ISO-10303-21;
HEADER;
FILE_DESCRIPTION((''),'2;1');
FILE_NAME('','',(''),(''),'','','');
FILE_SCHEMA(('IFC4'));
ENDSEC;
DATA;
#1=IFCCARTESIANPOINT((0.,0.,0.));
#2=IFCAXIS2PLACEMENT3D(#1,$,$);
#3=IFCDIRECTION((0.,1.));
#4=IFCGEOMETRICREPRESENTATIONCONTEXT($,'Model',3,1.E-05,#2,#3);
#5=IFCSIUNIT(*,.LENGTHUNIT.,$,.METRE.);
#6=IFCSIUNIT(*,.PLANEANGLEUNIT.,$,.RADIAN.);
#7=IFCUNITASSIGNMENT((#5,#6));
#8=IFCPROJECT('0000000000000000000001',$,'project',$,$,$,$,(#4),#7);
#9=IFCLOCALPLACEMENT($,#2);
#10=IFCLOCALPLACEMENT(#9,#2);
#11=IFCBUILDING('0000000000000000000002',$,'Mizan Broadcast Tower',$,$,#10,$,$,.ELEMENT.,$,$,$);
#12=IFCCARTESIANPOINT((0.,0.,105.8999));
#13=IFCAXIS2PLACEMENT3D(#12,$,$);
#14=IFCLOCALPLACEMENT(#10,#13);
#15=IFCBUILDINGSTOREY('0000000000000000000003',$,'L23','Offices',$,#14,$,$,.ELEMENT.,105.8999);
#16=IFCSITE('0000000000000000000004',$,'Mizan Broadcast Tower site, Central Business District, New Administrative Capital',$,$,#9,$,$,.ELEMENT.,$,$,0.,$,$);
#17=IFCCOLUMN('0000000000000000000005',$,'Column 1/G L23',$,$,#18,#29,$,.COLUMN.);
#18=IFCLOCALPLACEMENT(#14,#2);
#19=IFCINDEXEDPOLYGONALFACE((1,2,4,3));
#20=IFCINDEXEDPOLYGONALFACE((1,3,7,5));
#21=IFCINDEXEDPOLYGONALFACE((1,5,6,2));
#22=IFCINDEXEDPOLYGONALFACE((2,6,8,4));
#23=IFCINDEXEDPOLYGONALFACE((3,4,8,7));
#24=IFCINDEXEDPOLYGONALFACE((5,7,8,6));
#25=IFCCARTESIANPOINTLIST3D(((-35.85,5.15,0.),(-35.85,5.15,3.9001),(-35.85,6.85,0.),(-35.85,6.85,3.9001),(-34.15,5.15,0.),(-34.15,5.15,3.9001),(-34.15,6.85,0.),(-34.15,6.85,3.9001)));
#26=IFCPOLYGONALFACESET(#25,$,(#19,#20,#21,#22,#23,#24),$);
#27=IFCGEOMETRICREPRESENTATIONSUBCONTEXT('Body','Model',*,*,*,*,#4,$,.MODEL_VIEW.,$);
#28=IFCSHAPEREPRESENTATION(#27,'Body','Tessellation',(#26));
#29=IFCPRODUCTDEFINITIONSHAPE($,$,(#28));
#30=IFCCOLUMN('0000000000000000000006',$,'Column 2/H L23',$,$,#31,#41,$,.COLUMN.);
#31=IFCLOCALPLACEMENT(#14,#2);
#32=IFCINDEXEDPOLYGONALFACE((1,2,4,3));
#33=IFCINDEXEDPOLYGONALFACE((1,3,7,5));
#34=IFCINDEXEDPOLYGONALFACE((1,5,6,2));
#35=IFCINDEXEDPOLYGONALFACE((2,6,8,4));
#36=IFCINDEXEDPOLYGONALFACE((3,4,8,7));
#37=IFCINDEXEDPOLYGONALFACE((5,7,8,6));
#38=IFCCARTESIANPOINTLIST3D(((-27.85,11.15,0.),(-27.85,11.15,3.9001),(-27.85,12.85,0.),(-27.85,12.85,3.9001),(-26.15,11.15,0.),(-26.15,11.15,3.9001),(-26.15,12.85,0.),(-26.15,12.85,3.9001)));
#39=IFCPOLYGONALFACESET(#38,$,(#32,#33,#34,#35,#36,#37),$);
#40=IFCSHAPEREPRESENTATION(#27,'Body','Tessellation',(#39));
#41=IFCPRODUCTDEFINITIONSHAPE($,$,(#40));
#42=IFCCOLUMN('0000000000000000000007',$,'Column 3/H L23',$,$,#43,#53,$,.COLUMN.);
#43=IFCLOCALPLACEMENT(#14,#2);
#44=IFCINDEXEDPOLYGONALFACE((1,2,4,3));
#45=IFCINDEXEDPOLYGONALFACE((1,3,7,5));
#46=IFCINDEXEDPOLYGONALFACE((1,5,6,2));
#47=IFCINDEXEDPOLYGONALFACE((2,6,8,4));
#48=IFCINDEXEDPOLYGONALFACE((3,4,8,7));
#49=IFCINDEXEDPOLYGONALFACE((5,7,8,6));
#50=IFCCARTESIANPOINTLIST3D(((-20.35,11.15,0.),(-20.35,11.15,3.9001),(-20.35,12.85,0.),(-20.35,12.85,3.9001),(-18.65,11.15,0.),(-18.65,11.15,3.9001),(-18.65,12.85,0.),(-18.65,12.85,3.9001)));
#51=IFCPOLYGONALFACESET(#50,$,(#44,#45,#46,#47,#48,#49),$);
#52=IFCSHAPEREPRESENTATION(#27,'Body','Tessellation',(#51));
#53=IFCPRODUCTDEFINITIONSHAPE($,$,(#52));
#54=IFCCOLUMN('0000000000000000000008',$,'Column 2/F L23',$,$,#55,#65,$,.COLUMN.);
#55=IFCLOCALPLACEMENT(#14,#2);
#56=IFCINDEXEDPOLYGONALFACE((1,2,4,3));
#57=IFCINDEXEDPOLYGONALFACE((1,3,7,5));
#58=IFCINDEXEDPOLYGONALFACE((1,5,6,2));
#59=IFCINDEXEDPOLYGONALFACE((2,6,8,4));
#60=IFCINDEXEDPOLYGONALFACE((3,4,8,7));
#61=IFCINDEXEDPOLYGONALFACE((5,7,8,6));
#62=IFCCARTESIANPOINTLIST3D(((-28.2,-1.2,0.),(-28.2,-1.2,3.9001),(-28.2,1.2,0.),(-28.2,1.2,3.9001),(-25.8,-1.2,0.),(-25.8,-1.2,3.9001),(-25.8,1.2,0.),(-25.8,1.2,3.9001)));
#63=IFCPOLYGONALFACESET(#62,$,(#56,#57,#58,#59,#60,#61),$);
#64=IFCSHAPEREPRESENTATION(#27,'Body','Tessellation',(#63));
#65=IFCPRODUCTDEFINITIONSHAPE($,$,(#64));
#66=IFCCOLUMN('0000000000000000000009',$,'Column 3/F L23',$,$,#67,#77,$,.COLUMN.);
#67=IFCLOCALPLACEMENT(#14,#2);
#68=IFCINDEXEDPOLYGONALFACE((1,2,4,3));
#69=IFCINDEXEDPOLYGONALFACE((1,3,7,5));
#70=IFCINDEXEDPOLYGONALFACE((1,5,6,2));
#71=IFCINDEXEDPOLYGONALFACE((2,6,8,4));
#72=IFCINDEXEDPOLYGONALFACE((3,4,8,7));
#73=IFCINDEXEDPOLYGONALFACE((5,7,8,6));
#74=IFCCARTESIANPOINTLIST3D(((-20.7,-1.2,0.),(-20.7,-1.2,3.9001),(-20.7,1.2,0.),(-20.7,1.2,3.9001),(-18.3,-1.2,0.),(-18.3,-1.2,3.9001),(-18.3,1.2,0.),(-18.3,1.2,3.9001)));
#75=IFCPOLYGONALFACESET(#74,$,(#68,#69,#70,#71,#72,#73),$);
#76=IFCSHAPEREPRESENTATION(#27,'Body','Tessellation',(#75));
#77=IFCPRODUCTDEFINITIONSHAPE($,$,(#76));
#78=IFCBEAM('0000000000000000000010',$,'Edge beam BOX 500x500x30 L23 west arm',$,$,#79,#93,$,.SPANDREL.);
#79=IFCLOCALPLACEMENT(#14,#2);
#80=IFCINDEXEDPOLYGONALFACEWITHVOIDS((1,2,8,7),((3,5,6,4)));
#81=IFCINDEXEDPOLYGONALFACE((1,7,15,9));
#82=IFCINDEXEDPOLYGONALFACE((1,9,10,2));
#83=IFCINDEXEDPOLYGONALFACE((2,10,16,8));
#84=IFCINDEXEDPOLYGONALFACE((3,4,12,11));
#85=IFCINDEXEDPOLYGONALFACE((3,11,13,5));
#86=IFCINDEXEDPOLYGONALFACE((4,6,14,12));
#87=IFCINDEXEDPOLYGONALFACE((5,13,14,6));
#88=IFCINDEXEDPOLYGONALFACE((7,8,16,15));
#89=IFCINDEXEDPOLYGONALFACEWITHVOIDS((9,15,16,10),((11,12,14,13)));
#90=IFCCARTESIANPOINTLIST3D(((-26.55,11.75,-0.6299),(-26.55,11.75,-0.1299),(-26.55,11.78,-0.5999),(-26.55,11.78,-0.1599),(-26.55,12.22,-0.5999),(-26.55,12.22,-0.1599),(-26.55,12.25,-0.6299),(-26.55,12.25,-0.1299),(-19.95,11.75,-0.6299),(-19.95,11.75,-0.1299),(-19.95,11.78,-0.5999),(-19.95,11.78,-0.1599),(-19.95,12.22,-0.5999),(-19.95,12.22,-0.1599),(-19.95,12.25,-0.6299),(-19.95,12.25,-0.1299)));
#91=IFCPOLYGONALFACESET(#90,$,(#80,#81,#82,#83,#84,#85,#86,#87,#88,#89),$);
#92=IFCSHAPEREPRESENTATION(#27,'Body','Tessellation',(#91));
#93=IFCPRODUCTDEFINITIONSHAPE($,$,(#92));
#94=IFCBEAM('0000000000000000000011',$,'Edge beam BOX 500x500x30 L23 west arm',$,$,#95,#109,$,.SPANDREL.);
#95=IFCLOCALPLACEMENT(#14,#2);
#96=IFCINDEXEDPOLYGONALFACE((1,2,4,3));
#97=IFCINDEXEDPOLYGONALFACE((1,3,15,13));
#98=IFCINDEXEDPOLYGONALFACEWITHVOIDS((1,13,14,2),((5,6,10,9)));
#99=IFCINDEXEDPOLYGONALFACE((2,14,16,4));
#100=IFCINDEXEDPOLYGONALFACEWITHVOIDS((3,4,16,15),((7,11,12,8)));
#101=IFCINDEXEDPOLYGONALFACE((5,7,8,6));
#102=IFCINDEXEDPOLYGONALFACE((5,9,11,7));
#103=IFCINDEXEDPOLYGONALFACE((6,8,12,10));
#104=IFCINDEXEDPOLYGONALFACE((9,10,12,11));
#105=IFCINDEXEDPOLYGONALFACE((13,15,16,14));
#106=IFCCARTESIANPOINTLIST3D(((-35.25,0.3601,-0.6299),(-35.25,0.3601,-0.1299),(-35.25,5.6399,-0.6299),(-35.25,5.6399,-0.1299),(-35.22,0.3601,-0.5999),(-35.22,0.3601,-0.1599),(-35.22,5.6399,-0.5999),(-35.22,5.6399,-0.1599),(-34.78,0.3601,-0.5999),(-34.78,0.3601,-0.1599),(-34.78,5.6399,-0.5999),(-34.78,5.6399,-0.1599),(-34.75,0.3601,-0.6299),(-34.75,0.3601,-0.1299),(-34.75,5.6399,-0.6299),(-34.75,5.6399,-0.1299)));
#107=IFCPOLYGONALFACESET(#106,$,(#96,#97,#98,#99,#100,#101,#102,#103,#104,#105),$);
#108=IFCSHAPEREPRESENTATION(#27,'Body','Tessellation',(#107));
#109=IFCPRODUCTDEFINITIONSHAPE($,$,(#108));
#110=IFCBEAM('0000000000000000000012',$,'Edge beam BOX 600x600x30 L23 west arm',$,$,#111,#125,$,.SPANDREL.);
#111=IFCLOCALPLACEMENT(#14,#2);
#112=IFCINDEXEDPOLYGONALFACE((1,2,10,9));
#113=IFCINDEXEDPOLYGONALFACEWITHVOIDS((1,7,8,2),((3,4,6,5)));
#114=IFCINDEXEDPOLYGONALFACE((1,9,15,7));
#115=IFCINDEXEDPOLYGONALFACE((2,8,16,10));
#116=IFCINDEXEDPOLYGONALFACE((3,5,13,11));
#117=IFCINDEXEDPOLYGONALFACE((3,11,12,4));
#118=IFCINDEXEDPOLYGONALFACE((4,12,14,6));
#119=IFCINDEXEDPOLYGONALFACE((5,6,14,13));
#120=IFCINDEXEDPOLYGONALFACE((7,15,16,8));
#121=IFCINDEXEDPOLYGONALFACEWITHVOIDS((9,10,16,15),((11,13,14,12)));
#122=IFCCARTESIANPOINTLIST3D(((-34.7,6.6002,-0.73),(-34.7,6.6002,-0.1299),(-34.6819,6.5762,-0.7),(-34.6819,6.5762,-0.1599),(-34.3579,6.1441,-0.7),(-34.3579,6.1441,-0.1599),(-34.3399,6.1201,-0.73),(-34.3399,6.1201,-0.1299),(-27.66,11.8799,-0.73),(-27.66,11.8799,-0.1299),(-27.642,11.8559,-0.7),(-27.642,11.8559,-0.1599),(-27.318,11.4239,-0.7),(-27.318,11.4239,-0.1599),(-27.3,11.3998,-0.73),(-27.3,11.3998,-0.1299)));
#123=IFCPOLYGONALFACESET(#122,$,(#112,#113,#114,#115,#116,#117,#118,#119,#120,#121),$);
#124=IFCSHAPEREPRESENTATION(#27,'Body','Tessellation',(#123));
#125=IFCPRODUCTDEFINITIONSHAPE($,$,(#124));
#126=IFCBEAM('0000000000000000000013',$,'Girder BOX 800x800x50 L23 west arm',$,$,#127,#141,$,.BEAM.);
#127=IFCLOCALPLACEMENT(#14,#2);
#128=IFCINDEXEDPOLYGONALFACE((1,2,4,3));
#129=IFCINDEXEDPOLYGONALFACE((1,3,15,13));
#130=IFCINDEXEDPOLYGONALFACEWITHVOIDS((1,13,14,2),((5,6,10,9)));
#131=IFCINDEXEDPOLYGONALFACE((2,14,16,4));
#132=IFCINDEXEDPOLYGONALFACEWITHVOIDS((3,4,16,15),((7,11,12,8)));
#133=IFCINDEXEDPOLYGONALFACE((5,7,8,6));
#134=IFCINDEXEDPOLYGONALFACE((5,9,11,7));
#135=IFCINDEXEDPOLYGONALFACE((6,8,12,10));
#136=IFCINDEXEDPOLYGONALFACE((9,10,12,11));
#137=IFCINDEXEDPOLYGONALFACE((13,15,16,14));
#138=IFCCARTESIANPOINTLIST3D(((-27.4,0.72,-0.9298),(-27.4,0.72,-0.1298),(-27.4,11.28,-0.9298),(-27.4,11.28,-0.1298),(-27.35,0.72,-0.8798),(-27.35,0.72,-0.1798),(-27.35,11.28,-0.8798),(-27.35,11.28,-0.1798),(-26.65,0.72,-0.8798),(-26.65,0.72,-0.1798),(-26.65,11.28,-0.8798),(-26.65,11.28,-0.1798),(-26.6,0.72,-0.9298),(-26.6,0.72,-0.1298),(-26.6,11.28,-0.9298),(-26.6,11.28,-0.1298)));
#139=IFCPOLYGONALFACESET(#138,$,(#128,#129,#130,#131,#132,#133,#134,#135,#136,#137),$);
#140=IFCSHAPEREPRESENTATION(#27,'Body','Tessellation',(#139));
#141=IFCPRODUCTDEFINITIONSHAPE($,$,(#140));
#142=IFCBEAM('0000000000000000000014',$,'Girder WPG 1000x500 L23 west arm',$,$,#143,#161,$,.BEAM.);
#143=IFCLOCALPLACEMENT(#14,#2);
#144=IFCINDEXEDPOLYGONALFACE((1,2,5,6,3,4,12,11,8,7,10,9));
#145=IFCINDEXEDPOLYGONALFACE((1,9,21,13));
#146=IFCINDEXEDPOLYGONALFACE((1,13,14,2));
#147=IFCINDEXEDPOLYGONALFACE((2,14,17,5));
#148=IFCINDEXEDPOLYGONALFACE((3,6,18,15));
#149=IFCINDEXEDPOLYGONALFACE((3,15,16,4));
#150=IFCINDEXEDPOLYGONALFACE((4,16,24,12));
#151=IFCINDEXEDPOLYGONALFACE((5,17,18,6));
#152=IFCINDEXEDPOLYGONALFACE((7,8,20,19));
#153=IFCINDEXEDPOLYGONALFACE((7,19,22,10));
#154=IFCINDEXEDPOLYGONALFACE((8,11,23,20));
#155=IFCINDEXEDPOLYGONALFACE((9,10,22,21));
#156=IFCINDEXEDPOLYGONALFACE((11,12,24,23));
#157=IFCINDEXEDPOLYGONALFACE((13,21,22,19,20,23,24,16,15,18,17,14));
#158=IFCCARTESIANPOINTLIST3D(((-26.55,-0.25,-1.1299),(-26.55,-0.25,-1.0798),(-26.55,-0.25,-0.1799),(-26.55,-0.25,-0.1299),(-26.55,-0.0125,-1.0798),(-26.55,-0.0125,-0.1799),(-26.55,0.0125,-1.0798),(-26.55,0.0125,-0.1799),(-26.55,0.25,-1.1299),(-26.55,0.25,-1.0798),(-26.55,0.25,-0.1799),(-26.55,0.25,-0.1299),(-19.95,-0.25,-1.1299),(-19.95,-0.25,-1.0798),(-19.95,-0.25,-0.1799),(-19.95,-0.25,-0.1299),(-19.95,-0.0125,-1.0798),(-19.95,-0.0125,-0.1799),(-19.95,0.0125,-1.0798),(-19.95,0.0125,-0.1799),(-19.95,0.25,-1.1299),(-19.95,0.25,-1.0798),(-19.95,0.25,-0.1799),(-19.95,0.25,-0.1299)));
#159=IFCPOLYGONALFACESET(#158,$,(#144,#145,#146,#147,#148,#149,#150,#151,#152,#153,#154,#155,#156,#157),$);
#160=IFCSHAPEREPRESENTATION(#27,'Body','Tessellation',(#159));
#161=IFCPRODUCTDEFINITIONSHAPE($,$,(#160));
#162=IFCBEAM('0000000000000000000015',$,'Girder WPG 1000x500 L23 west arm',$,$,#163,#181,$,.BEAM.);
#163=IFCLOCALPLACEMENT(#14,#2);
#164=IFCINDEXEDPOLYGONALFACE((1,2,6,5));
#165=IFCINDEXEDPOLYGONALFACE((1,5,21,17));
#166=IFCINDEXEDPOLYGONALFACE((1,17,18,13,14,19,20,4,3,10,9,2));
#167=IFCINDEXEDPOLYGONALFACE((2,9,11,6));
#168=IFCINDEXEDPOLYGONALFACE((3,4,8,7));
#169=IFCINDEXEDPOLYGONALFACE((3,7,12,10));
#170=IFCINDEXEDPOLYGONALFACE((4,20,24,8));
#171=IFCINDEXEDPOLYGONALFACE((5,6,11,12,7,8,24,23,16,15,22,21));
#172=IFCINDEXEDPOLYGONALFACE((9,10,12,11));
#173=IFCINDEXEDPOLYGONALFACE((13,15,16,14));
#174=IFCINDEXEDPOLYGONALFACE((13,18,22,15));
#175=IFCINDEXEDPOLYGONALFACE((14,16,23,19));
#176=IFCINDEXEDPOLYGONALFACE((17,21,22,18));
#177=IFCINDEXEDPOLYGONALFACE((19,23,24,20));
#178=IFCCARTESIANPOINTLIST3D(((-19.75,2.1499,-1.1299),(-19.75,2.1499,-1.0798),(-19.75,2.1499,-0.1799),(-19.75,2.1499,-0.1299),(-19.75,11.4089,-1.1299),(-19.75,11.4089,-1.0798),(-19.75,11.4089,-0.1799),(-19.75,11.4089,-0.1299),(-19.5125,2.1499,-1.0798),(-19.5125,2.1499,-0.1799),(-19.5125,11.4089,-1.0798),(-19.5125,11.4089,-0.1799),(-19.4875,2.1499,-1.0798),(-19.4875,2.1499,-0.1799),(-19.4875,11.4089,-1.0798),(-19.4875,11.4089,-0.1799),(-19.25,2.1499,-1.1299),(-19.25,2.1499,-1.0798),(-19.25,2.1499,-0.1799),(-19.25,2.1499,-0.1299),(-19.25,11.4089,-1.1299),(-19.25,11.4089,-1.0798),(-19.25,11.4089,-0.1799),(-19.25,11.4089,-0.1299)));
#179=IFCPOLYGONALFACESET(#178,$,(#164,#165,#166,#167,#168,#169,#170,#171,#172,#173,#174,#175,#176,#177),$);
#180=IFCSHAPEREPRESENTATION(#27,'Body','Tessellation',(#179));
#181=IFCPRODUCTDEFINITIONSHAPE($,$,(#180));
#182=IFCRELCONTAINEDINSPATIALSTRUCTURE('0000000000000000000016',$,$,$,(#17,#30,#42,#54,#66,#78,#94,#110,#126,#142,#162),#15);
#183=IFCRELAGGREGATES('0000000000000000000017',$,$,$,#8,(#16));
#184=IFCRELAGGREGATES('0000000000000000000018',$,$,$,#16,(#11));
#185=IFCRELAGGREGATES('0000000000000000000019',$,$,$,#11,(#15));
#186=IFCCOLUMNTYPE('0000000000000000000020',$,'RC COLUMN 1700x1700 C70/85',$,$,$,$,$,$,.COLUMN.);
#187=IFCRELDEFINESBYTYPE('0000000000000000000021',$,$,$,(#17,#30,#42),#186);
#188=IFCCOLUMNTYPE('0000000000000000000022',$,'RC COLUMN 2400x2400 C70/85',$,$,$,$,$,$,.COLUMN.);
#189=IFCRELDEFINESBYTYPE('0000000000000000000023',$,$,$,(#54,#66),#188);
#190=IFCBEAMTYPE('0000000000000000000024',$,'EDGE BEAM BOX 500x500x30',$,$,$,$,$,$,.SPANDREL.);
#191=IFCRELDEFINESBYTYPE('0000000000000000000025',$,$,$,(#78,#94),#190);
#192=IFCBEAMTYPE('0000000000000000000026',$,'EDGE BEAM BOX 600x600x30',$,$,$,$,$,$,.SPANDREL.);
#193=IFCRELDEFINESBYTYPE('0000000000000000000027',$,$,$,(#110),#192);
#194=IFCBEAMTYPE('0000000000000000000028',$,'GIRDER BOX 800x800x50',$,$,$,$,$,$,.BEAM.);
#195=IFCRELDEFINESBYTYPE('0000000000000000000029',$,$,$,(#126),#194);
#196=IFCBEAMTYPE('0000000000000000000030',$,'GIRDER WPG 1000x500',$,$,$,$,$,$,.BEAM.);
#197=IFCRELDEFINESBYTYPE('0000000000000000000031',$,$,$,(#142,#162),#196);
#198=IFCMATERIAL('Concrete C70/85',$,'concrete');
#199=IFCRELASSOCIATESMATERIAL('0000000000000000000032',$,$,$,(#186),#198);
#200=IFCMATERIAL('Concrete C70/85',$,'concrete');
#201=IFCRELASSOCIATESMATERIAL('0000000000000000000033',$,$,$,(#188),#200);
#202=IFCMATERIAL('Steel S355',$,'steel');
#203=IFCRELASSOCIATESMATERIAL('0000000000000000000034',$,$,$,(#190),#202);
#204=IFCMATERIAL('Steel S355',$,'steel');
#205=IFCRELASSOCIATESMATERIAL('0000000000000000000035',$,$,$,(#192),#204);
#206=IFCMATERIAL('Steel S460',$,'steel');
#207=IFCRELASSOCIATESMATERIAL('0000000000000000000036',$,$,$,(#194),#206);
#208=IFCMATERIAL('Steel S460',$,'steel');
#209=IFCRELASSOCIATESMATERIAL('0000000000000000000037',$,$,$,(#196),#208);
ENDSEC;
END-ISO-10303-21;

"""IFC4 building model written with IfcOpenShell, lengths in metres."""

from ifc_helpers import new_model, si_unit, direction, frame, origin, origin_2d, place, context, subcontext, project, spatial, rectangle, hollow_rectangle, i_section, extrude, material, material_profile, profile_set, type_object, element, save


model = new_model("IFC4")

# Units and contexts
model_context = context("Model", 3, precision=1e-05, world=origin(), true_north=direction((0.0, 1.0)))
body_context = subcontext(model_context, "Body", "Model", "MODEL_VIEW")
ifc_project = project(units=[si_unit("LENGTHUNIT", "METRE"), si_unit("PLANEANGLEUNIT", "RADIAN")], contexts=[model_context])

# Site, building, storey
site_placement = place(None, origin())
site = spatial("IfcSite", under=ifc_project, at=site_placement, Name="Mizan Broadcast Tower site, Central Business District, New Administrative Capital", CompositionType="ELEMENT", RefElevation=0.0)
building_placement = place(site_placement, origin())
building = spatial("IfcBuilding", under=site, at=building_placement, Name="Mizan Broadcast Tower", CompositionType="ELEMENT")
storey_placement = place(building_placement, frame((0.0, 0.0, 105.8999)))
storey = spatial("IfcBuildingStorey", under=building, at=storey_placement, Name="L23", Description="Offices", CompositionType="ELEMENT", Elevation=105.8999)

# Columns
ifc_material_1 = material(Name="Concrete C70/85", Category="concrete")
ifc_material_profile_1 = material_profile(ifc_material_1, rectangle(XDim=1.7, YDim=1.7, at=origin_2d()), Name="RC 1700x1700")
ifc_profile_set_1 = profile_set([ifc_material_profile_1], Name="Concrete C70/85")
column_type_1 = type_object("IfcColumnType", Name="RC COLUMN 1700x1700 C70/85", PredefinedType="COLUMN", material=ifc_profile_set_1)
for number, where, z_axis, x_axis, name in (
    (1, (-35.0, 6.0, 0.0), (0.0, 0.0, 1.0), (1.0, 0.0, 0.0), "Column 1/G L23"),
    (2, (-27.0, 12.0, 0.0), (0.0, 0.0, 1.0), (1.0, 0.0, 0.0), "Column 2/H L23"),
    (3, (-19.5, 12.0, 0.0), (0.0, 0.0, 1.0), (1.0, 0.0, 0.0), "Column 3/H L23"),
):
    element("IfcColumn", number, at=place(storey_placement, frame(where, z_axis=z_axis, x_axis=x_axis)), inside=storey, type_object=column_type_1, Name=name, PredefinedType="COLUMN", context=body_context, shape_type="SweptSolid", body=[
        extrude(rectangle(XDim=1.7, YDim=1.7, at=origin_2d()), origin(), (0.0, 0.0, 1.0), 3.9001),
    ])
ifc_material_2 = material(Name="Concrete C70/85", Category="concrete")
ifc_material_profile_2 = material_profile(ifc_material_2, rectangle(XDim=2.3999, YDim=2.3999, at=origin_2d()), Name="RC 2400x2400")
ifc_profile_set_2 = profile_set([ifc_material_profile_2], Name="Concrete C70/85")
column_type_2 = type_object("IfcColumnType", Name="RC COLUMN 2400x2400 C70/85", PredefinedType="COLUMN", material=ifc_profile_set_2)
for number, where, z_axis, x_axis, name in (
    (4, (-27.0, 0.0, 0.0), (0.0, 0.0, 1.0), (1.0, 0.0, 0.0), "Column 2/F L23"),
    (5, (-19.5, 0.0, 0.0), (0.0, 0.0, 1.0), (1.0, 0.0, 0.0), "Column 3/F L23"),
):
    element("IfcColumn", number, at=place(storey_placement, frame(where, z_axis=z_axis, x_axis=x_axis)), inside=storey, type_object=column_type_2, Name=name, PredefinedType="COLUMN", context=body_context, shape_type="SweptSolid", body=[
        extrude(rectangle(XDim=2.3999, YDim=2.3999, at=origin_2d()), origin(), (0.0, 0.0, 1.0), 3.9001),
    ])

# Beams
ifc_material_3 = material(Name="Steel S355", Category="steel")
ifc_material_profile_3 = material_profile(ifc_material_3, hollow_rectangle(XDim=0.5, YDim=0.5, WallThickness=0.03, at=origin_2d()), Name="BOX 500x500x30")
ifc_profile_set_3 = profile_set([ifc_material_profile_3], Name="Steel S355")
beam_type_1 = type_object("IfcBeamType", Name="EDGE BEAM BOX 500x500x30", PredefinedType="SPANDREL", material=ifc_profile_set_3)
beam_1_placement = place(storey_placement, frame((-19.95, 12.0, -0.3799), z_axis=(-1.0, 0.0, 0.0), x_axis=(0.0, -1.0, 0.0)))
element("IfcBeam", 6, at=beam_1_placement, inside=storey, type_object=beam_type_1, Name="Edge beam BOX 500x500x30 L23 west arm", PredefinedType="SPANDREL", context=body_context, shape_type="SweptSolid", body=[
    extrude(hollow_rectangle(XDim=0.5, YDim=0.5, WallThickness=0.03, at=origin_2d()), origin(), (0.0, 0.0, 1.0), 6.6001),
])
beam_2_placement = place(storey_placement, frame((-35.0, 5.6399, -0.3799), z_axis=(0.0, -1.0, 0.0), x_axis=(1.0, 0.0, 0.0)))
element("IfcBeam", 7, at=beam_2_placement, inside=storey, type_object=beam_type_1, Name="Edge beam BOX 500x500x30 L23 west arm", PredefinedType="SPANDREL", context=body_context, shape_type="SweptSolid", body=[
    extrude(hollow_rectangle(XDim=0.5, YDim=0.5, WallThickness=0.03, at=origin_2d()), origin(), (0.0, 0.0, 1.0), 5.2798),
])
ifc_material_4 = material(Name="Steel S355", Category="steel")
ifc_material_profile_4 = material_profile(ifc_material_4, hollow_rectangle(XDim=0.6001, YDim=0.6001, WallThickness=0.03, at=origin_2d()), Name="BOX 600x600x30")
ifc_profile_set_4 = profile_set([ifc_material_profile_4], Name="Steel S355")
beam_type_2 = type_object("IfcBeamType", Name="EDGE BEAM BOX 600x600x30", PredefinedType="SPANDREL", material=ifc_profile_set_4)
beam_3_placement = place(storey_placement, frame((-27.48, 11.6399, -0.4299), z_axis=(-0.800013, -0.599982, 0.0), x_axis=(0.599982, -0.800013, 0.0)))
element("IfcBeam", 8, at=beam_3_placement, inside=storey, type_object=beam_type_2, Name="Edge beam BOX 600x600x30 L23 west arm", PredefinedType="SPANDREL", context=body_context, shape_type="SweptSolid", body=[
    extrude(hollow_rectangle(XDim=0.6001, YDim=0.6001, WallThickness=0.03, at=origin_2d()), origin(), (0.0, 0.0, 1.0), 8.7998),
])
ifc_material_5 = material(Name="Steel S460", Category="steel")
ifc_material_profile_5 = material_profile(ifc_material_5, hollow_rectangle(XDim=0.8, YDim=0.8, WallThickness=0.05, at=origin_2d()), Name="BOX 800x800x50")
ifc_profile_set_5 = profile_set([ifc_material_profile_5], Name="Steel S460")
beam_type_3 = type_object("IfcBeamType", Name="GIRDER BOX 800x800x50", PredefinedType="BEAM", material=ifc_profile_set_5)
beam_4_placement = place(storey_placement, frame((-27.0, 11.28, -0.5298), z_axis=(0.0, -1.0, 0.0), x_axis=(1.0, 0.0, 0.0)))
element("IfcBeam", 9, at=beam_4_placement, inside=storey, type_object=beam_type_3, Name="Girder BOX 800x800x50 L23 west arm", PredefinedType="BEAM", context=body_context, shape_type="SweptSolid", body=[
    extrude(hollow_rectangle(XDim=0.8, YDim=0.8, WallThickness=0.05, at=origin_2d()), origin(), (0.0, 0.0, 1.0), 10.5601),
])
ifc_material_6 = material(Name="Steel S460", Category="steel")
ifc_material_profile_6 = material_profile(ifc_material_6, i_section(OverallWidth=0.5, OverallDepth=1.0, WebThickness=0.0249, FlangeThickness=0.05, at=origin_2d()), Name="WPG 1000x500")
ifc_profile_set_6 = profile_set([ifc_material_profile_6], Name="Steel S460")
beam_type_4 = type_object("IfcBeamType", Name="GIRDER WPG 1000x500", PredefinedType="BEAM", material=ifc_profile_set_6)
beam_5_placement = place(storey_placement, frame((-19.95, 0.0, -0.6299), z_axis=(-1.0, 0.0, 0.0), x_axis=(0.0, -1.0, 0.0)))
element("IfcBeam", 10, at=beam_5_placement, inside=storey, type_object=beam_type_4, Name="Girder WPG 1000x500 L23 west arm", PredefinedType="BEAM", context=body_context, shape_type="SweptSolid", body=[
    extrude(i_section(OverallWidth=0.5, OverallDepth=1.0, WebThickness=0.0249, FlangeThickness=0.05, at=origin_2d()), origin(), (0.0, 0.0, 1.0), 6.6001),
])
beam_6_placement = place(storey_placement, frame((-19.5, 11.4089, -0.6299), z_axis=(0.0, -1.0, 0.0), x_axis=(1.0, 0.0, 0.0)))
element("IfcBeam", 11, at=beam_6_placement, inside=storey, type_object=beam_type_4, Name="Girder WPG 1000x500 L23 west arm", PredefinedType="BEAM", context=body_context, shape_type="SweptSolid", body=[
    extrude(i_section(OverallWidth=0.5, OverallDepth=1.0, WebThickness=0.0249, FlangeThickness=0.05, at=origin_2d()), origin(), (0.0, 0.0, 1.0), 9.259),
])

save(model, "model.ifc")
